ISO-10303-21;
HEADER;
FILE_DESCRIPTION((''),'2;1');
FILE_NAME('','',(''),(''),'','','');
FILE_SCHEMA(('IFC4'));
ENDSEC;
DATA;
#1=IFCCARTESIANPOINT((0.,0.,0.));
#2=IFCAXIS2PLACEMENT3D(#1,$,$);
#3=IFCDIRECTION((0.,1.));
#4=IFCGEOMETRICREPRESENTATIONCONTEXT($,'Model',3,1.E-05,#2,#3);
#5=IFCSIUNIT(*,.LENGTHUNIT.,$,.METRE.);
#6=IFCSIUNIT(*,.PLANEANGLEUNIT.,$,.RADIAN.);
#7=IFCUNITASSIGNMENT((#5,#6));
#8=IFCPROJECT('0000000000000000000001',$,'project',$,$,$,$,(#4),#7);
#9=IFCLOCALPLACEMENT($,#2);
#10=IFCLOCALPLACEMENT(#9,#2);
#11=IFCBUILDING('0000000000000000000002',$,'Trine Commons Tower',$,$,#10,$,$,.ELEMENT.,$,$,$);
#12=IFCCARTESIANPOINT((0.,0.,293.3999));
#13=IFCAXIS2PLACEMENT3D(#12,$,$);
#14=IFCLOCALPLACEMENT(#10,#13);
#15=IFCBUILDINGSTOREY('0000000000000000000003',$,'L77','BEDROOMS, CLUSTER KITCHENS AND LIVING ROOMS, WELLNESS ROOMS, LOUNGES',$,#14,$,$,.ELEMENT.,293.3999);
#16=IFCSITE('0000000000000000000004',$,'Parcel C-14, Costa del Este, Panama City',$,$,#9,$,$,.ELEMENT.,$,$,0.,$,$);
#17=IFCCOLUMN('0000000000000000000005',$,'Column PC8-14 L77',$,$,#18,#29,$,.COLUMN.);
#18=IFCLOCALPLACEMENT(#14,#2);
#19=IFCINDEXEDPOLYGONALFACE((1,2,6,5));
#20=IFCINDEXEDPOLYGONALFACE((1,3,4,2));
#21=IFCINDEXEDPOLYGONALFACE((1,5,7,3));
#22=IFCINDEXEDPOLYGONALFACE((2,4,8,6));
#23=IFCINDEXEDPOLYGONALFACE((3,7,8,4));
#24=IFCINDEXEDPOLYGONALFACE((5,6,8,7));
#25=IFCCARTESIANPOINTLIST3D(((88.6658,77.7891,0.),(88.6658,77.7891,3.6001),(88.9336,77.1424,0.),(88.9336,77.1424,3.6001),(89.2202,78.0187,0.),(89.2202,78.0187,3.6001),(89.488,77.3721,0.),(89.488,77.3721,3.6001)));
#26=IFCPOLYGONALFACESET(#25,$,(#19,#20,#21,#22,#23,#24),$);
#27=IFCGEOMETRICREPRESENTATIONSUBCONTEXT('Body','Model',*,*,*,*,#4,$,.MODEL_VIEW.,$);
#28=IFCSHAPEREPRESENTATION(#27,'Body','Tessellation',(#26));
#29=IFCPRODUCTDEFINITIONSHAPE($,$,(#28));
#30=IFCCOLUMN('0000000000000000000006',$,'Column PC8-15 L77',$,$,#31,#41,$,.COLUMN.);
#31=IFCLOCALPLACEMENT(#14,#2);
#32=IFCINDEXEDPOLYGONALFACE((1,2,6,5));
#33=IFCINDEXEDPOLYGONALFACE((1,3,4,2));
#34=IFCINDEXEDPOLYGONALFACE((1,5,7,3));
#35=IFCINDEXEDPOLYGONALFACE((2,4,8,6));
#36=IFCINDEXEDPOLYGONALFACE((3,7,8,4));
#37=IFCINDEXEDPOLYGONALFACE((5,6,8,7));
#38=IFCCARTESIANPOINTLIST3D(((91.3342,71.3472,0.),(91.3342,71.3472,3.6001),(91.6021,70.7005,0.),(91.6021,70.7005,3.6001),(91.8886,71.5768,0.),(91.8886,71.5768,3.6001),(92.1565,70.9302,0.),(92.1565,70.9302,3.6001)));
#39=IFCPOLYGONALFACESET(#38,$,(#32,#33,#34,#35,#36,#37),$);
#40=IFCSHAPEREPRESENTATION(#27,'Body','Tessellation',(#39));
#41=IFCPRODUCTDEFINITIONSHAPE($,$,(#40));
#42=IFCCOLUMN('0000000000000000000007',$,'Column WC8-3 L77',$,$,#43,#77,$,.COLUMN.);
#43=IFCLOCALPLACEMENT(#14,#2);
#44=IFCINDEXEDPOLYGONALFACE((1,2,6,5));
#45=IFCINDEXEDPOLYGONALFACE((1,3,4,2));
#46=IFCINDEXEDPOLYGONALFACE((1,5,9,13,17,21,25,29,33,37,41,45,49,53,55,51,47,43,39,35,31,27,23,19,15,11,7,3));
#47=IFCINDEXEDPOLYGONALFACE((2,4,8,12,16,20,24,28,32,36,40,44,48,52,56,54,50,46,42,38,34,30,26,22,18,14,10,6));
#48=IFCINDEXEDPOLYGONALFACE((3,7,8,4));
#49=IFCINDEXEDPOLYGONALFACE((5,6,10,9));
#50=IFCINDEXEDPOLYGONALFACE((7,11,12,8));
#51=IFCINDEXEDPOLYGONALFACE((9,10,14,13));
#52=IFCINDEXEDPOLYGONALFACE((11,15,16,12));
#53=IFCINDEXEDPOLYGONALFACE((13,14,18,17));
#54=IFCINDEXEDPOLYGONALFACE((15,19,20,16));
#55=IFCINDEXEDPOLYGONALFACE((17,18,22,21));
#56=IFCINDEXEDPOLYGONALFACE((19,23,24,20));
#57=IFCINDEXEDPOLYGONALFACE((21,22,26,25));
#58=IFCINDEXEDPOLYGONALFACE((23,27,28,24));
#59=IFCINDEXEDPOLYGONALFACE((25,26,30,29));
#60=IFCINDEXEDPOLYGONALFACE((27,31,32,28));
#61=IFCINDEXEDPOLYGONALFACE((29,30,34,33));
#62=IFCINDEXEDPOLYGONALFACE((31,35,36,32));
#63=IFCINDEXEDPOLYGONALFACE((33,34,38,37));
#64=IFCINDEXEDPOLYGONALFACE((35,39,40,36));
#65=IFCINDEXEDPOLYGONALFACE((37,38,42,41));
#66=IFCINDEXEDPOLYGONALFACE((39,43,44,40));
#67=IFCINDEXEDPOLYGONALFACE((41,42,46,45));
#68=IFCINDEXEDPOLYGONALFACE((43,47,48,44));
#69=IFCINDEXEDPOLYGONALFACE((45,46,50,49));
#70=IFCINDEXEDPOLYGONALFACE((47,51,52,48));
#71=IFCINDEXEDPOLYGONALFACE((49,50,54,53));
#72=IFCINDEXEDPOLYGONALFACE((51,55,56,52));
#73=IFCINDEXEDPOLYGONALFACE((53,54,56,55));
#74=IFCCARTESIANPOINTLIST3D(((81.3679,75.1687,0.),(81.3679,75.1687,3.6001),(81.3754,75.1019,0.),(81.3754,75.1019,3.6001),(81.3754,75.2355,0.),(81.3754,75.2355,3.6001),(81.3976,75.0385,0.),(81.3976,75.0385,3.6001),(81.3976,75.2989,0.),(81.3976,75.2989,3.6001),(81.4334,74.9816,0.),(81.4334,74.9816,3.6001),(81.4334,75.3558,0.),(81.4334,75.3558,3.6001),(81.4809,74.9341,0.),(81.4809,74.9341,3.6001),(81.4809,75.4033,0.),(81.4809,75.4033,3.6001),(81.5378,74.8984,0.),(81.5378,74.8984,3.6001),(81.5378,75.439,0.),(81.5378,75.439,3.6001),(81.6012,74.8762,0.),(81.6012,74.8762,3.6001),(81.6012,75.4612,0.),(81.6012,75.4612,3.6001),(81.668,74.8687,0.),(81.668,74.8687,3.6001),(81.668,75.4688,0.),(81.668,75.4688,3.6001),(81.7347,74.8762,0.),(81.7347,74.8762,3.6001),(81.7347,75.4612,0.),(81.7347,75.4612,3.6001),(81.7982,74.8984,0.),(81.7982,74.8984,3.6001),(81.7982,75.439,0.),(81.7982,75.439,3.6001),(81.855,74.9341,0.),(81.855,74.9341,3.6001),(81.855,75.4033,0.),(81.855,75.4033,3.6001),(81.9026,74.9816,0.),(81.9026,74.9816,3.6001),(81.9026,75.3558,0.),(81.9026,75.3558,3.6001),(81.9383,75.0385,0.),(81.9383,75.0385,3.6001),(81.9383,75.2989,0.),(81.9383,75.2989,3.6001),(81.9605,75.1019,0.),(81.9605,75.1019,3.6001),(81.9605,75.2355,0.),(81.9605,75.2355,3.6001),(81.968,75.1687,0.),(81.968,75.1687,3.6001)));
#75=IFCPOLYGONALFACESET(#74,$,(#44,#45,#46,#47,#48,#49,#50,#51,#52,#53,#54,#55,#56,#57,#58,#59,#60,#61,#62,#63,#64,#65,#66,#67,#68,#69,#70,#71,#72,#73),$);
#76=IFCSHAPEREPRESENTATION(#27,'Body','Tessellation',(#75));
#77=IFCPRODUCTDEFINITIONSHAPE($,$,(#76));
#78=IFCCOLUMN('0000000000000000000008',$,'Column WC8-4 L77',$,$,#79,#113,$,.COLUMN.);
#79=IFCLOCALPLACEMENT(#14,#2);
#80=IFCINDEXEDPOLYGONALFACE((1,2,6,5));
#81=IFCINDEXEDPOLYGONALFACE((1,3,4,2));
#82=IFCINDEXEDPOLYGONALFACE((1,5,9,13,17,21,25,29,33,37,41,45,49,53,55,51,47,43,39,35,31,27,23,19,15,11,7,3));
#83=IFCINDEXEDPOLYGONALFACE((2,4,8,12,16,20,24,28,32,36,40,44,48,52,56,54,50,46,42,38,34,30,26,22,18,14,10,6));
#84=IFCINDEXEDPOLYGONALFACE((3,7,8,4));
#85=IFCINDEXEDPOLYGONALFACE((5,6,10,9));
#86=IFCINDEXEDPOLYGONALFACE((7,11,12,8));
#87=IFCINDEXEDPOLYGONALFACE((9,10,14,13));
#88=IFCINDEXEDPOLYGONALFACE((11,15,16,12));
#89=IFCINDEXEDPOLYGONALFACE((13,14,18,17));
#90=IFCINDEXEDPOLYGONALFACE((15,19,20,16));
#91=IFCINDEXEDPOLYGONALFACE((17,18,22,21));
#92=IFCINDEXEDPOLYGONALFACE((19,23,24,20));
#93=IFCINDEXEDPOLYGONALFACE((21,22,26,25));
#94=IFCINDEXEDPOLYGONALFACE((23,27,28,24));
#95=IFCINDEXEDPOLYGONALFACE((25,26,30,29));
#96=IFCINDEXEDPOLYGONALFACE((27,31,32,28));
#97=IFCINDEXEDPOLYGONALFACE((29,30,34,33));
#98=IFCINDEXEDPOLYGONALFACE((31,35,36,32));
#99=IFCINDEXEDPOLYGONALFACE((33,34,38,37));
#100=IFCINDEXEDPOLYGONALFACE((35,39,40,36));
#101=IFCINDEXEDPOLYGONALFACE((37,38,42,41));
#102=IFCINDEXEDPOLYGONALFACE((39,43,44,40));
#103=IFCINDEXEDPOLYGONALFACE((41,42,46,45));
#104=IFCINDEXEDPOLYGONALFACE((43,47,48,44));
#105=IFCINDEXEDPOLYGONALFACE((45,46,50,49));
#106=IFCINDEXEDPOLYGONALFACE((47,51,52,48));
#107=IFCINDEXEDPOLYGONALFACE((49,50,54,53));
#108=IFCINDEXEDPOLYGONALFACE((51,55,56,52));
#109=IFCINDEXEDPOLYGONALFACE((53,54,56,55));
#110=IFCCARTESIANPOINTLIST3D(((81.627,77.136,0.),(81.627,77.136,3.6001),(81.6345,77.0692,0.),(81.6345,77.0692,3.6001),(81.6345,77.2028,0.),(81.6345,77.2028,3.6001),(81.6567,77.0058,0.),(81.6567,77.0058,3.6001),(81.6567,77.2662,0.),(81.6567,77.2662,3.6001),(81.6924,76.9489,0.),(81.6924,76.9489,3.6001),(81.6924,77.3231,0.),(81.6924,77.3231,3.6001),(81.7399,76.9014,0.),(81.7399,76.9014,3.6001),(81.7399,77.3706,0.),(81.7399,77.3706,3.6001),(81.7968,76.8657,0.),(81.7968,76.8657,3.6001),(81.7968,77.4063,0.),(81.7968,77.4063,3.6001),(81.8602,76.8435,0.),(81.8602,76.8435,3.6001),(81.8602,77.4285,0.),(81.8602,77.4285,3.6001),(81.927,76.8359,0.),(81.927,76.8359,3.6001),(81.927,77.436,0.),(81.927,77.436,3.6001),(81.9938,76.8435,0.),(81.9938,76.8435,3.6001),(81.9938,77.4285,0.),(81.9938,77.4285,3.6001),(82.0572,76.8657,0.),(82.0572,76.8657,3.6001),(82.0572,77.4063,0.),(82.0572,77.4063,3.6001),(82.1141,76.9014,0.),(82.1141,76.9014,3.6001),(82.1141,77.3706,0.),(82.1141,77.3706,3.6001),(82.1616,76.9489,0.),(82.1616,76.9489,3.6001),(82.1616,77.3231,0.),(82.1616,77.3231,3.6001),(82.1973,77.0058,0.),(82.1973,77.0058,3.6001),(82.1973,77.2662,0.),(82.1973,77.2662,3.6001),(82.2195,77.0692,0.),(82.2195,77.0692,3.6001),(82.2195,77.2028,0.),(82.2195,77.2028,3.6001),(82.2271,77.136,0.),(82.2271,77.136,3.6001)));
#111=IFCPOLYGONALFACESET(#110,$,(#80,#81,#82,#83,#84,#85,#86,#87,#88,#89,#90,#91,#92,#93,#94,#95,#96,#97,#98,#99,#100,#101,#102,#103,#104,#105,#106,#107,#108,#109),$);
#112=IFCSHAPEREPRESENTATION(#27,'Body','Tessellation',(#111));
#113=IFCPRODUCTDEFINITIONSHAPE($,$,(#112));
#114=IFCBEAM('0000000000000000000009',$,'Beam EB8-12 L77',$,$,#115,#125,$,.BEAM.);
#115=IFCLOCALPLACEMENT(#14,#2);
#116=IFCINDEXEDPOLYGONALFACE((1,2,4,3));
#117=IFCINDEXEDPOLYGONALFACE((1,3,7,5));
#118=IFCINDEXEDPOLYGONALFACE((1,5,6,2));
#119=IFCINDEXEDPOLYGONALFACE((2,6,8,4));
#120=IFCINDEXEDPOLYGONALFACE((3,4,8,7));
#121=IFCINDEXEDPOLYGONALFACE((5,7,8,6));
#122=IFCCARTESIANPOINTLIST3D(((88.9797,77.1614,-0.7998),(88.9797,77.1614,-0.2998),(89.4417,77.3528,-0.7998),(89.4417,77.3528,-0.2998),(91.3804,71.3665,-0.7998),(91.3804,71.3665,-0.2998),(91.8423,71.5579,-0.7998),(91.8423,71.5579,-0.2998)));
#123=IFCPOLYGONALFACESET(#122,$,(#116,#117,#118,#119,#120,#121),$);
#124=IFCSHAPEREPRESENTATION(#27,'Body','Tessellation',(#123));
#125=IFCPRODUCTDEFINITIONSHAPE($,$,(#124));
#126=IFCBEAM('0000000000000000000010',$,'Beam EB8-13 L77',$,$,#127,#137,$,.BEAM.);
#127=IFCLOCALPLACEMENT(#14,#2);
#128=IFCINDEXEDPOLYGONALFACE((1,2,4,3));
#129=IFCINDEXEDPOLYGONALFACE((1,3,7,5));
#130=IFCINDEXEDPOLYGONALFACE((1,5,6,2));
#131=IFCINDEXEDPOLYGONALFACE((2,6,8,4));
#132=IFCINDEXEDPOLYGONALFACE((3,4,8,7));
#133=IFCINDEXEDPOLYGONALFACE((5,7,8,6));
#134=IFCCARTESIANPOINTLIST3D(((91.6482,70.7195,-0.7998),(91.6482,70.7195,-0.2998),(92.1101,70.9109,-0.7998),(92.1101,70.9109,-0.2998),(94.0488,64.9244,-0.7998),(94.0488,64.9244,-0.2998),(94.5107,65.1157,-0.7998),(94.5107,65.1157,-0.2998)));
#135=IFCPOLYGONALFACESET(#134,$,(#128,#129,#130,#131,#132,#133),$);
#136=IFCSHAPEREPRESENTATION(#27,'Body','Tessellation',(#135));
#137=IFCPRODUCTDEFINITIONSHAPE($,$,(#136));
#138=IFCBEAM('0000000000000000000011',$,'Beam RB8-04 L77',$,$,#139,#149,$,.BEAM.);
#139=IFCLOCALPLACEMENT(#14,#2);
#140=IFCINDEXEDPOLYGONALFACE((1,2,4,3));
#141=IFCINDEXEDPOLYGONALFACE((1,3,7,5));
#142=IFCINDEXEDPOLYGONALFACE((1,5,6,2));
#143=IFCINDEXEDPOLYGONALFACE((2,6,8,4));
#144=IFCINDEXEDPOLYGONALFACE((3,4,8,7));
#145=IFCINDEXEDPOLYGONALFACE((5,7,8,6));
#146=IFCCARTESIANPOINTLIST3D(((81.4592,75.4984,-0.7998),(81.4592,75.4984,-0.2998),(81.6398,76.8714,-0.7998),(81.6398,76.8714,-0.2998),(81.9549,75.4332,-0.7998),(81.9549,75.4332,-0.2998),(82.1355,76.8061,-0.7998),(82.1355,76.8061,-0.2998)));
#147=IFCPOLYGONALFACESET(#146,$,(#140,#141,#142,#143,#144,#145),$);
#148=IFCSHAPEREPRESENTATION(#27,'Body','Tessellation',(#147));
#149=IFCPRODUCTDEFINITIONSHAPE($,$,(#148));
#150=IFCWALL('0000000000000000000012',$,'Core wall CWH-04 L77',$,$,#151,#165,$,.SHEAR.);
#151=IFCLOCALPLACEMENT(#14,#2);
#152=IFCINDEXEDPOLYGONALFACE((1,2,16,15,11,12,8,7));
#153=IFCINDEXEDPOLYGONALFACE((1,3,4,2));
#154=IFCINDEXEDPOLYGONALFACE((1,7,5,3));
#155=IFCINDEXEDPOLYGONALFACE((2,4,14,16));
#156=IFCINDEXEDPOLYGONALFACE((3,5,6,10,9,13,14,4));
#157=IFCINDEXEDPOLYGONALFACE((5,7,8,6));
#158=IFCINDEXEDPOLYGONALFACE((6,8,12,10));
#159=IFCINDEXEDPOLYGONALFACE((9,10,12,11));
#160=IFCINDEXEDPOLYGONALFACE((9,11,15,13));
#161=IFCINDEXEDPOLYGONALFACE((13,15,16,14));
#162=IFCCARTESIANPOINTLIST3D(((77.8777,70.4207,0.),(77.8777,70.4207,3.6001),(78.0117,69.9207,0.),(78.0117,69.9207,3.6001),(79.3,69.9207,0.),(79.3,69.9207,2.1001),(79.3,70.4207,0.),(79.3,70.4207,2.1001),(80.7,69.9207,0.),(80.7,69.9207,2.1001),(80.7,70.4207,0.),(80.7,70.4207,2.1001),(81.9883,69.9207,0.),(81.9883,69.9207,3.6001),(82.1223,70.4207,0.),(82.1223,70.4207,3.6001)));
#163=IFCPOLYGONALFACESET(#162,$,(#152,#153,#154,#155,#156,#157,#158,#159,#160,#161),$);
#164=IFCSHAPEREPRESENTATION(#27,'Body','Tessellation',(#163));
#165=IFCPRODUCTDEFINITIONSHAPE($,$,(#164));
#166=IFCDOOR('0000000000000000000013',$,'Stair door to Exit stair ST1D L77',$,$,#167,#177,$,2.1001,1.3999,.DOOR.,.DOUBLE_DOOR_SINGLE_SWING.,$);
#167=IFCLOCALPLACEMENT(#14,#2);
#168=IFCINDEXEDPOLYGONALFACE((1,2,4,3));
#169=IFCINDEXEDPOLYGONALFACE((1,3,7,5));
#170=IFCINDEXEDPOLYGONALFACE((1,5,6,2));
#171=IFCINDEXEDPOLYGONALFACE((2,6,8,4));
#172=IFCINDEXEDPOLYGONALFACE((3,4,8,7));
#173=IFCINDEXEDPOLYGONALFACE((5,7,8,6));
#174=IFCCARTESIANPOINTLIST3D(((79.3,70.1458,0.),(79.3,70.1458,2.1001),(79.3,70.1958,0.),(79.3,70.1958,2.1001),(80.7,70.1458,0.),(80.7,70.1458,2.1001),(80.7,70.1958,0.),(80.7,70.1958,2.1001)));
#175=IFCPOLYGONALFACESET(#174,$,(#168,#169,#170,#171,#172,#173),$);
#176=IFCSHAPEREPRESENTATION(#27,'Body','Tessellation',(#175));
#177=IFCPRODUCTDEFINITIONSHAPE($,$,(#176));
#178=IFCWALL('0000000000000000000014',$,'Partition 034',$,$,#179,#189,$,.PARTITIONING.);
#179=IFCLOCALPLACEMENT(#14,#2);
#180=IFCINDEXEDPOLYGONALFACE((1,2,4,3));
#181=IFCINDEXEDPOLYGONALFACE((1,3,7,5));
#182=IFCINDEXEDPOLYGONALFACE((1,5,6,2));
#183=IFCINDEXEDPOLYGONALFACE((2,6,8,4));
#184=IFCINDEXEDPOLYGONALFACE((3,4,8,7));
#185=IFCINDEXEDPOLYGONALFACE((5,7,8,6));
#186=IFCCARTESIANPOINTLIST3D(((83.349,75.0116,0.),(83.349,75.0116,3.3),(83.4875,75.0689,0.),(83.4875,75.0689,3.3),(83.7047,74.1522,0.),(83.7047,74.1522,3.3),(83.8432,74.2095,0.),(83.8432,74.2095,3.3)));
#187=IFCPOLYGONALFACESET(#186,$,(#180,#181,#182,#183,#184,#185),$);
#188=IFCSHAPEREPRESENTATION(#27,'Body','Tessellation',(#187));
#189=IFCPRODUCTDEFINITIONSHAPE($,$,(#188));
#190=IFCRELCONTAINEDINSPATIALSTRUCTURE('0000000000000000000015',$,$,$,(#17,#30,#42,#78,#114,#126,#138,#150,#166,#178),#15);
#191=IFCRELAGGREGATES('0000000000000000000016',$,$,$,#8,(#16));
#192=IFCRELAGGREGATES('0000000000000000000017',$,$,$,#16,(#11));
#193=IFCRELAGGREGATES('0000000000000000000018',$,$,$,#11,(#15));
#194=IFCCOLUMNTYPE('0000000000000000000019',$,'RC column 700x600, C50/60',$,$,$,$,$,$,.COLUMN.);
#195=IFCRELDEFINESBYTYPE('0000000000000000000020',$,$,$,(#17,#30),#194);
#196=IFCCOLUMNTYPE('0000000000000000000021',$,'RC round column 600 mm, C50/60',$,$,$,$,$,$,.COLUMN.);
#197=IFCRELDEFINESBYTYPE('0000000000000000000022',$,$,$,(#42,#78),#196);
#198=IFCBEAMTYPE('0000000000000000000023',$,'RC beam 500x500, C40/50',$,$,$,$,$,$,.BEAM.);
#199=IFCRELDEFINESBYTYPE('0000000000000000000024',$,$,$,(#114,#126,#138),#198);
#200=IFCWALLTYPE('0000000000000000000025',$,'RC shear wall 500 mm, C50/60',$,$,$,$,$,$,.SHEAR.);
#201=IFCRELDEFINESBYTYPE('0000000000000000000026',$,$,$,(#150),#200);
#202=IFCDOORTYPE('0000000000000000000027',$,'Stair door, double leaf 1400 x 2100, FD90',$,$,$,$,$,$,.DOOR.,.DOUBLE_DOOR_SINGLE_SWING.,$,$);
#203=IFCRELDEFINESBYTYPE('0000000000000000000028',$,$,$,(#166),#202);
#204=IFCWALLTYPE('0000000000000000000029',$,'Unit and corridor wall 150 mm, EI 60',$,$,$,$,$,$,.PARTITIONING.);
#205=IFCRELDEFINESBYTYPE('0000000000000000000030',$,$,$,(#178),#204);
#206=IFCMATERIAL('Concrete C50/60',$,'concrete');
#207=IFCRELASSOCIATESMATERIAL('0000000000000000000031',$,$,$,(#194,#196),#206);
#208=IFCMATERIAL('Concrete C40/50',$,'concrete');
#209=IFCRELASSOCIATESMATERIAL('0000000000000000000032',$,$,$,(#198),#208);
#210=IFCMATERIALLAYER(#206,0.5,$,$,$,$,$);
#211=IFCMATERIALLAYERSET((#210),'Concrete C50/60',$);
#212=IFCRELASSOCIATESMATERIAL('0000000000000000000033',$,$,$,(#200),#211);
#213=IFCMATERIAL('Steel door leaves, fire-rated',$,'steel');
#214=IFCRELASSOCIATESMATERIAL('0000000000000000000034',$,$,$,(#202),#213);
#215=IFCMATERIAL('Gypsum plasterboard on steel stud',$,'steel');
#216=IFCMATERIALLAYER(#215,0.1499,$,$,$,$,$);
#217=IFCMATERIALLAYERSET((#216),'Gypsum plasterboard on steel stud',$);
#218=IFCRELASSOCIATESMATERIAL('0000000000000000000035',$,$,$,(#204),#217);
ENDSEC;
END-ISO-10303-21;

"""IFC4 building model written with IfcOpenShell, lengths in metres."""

from ifc_helpers import new_model, si_unit, direction, frame, frame_2d, origin, origin_2d, place, context, subcontext, project, spatial, polyline, rectangle, circle, outline, extrude, material, layer, layer_set, material_profile, profile_set, type_object, element, fill, save


model = new_model("IFC4")

# Units and contexts
model_context = context("Model", 3, precision=1e-05, world=origin(), true_north=direction((0.0, 1.0)))
body_context = subcontext(model_context, "Body", "Model", "MODEL_VIEW")
ifc_project = project(units=[si_unit("LENGTHUNIT", "METRE"), si_unit("PLANEANGLEUNIT", "RADIAN")], contexts=[model_context])

# Site, building, storey
site_placement = place(None, origin())
site = spatial("IfcSite", under=ifc_project, at=site_placement, Name="Parcel C-14, Costa del Este, Panama City", CompositionType="ELEMENT", RefElevation=0.0)
building_placement = place(site_placement, origin())
building = spatial("IfcBuilding", under=site, at=building_placement, Name="Trine Commons Tower", CompositionType="ELEMENT")
storey_placement = place(building_placement, frame((0.0, 0.0, 293.3999)))
storey = spatial("IfcBuildingStorey", under=building, at=storey_placement, Name="L77", Description="BEDROOMS, CLUSTER KITCHENS AND LIVING ROOMS, WELLNESS ROOMS, LOUNGES", CompositionType="ELEMENT", Elevation=293.3999)

# Columns
ifc_material_1 = material(Name="Concrete C50/60", Category="concrete")
ifc_material_profile_1 = material_profile(ifc_material_1, rectangle(XDim=0.7, YDim=0.6001, at=origin_2d()), Name="RC 700x600")
ifc_profile_set_1 = profile_set([ifc_material_profile_1], Name="Concrete C50/60")
column_type_1 = type_object("IfcColumnType", Name="RC column 700x600, C50/60", PredefinedType="COLUMN", material=ifc_profile_set_1)
for number, where, z_axis, x_axis, name in (
    (1, (89.0769, 77.5806, 0.0), (0.0, 0.0, 1.0), (-0.382683, 0.92388, 0.0), "Column PC8-14 L77"),
    (2, (91.7454, 71.1387, 0.0), (0.0, 0.0, 1.0), (-0.382683, 0.92388, 0.0), "Column PC8-15 L77"),
):
    element("IfcColumn", number, at=place(storey_placement, frame(where, z_axis=z_axis, x_axis=x_axis)), inside=storey, type_object=column_type_1, Name=name, PredefinedType="COLUMN", context=body_context, shape_type="SweptSolid", body=[
        extrude(rectangle(XDim=0.7, YDim=0.6001, at=origin_2d()), origin(), (0.0, 0.0, 1.0), 3.6001),
    ])
ifc_material_profile_2 = material_profile(ifc_material_1, circle(Radius=0.3, at=origin_2d()), Name="RC round 600")
ifc_profile_set_2 = profile_set([ifc_material_profile_2], Name="Concrete C50/60")
column_type_2 = type_object("IfcColumnType", Name="RC round column 600 mm, C50/60", PredefinedType="COLUMN", material=ifc_profile_set_2)
for number, where, z_axis, x_axis, name in (
    (3, (81.668, 75.1687, 0.0), (0.0, 0.0, 1.0), (1.0, 0.0, 0.0), "Column WC8-3 L77"),
    (4, (81.927, 77.136, 0.0), (0.0, 0.0, 1.0), (1.0, 0.0, 0.0), "Column WC8-4 L77"),
):
    element("IfcColumn", number, at=place(storey_placement, frame(where, z_axis=z_axis, x_axis=x_axis)), inside=storey, type_object=column_type_2, Name=name, PredefinedType="COLUMN", context=body_context, shape_type="SweptSolid", body=[
        extrude(circle(Radius=0.3, at=origin_2d()), origin(), (0.0, 0.0, 1.0), 3.6001),
    ])

# Beams
ifc_material_2 = material(Name="Concrete C40/50", Category="concrete")
ifc_material_profile_3 = material_profile(ifc_material_2, rectangle(XDim=0.5, YDim=0.5, at=origin_2d()), Name="RC 500x500")
ifc_profile_set_3 = profile_set([ifc_material_profile_3], Name="Concrete C40/50")
beam_type = type_object("IfcBeamType", Name="RC beam 500x500, C40/50", PredefinedType="BEAM", material=ifc_profile_set_3)
beam_1_placement = place(storey_placement, frame((89.2107, 77.2571, -0.5498), z_axis=(0.382724, -0.923863, 0.0), x_axis=(0.923863, 0.382724, 0.0)))
element("IfcBeam", 5, at=beam_1_placement, inside=storey, type_object=beam_type, Name="Beam EB8-12 L77", PredefinedType="BEAM", context=body_context, shape_type="SweptSolid", body=[
    extrude(rectangle(XDim=0.5, YDim=0.5, at=origin_2d()), origin(), (0.0, 0.0, 1.0), 6.2725),
])
beam_2_placement = place(storey_placement, frame((91.8792, 70.8152, -0.5498), z_axis=(0.38271, -0.923868, 0.0), x_axis=(0.923868, 0.38271, 0.0)))
element("IfcBeam", 6, at=beam_2_placement, inside=storey, type_object=beam_type, Name="Beam EB8-13 L77", PredefinedType="BEAM", context=body_context, shape_type="SweptSolid", body=[
    extrude(rectangle(XDim=0.5, YDim=0.5, at=origin_2d()), origin(), (0.0, 0.0, 1.0), 6.2727),
])
beam_3_placement = place(storey_placement, frame((81.707, 75.4658, -0.5498), z_axis=(0.130455, 0.991454, 0.0), x_axis=(-0.991454, 0.130455, 0.0)))
element("IfcBeam", 7, at=beam_3_placement, inside=storey, type_object=beam_type, Name="Beam RB8-04 L77", PredefinedType="BEAM", context=body_context, shape_type="SweptSolid", body=[
    extrude(rectangle(XDim=0.5, YDim=0.5, at=origin_2d()), origin(), (0.0, 0.0, 1.0), 1.3848),
])

# Wall, opening, door
ifc_layer_1 = layer(ifc_material_1, 0.5)
ifc_layer_set_1 = layer_set([ifc_layer_1], Name="Concrete C50/60")
wall_type_1 = type_object("IfcWallType", Name="RC shear wall 500 mm, C50/60", PredefinedType="SHEAR", material=ifc_layer_set_1)
wall_1_placement = place(storey_placement, frame((82.1223, 70.1707, 0.0), z_axis=(0.0, 0.0, 1.0), x_axis=(-1.0, 0.0, 0.0)))
wall_1 = element("IfcWall", 8, at=wall_1_placement, inside=storey, type_object=wall_type_1, Name="Core wall CWH-04 L77", PredefinedType="SHEAR", context=body_context, shape_type="SweptSolid", body=[
    extrude(outline(polyline([(0.0, -0.25), (4.2446, -0.25), (4.1106, 0.25), (0.134, 0.25), (0.0, -0.25)])), origin(), (0.0, 0.0, 1.0), 3.6001),
])
opening_1_placement = place(wall_1_placement, frame((1.4224, 0.0, 0.0)))
opening_1 = element("IfcOpeningElement", 9, at=opening_1_placement, cuts=wall_1, PredefinedType="OPENING", context=body_context, shape_type="SweptSolid", body=[
    extrude(rectangle(XDim=1.3999, YDim=2.1001, at=frame_2d((0.7, 1.05))), frame((0.0, 0.26, 0.0), z_axis=(0.0, -1.0, 0.0), x_axis=(1.0, 0.0, 0.0)), (0.0, 0.0, 1.0), 0.52),
])
ifc_material_3 = material(Name="Steel door leaves, fire-rated", Category="steel")
door_type_1 = type_object("IfcDoorType", Name="Stair door, double leaf 1400 x 2100, FD90", OperationType="DOUBLE_DOOR_SINGLE_SWING", PredefinedType="DOOR", material=ifc_material_3)
door_1_placement = place(opening_1_placement, origin())
door_1 = element("IfcDoor", 10, at=door_1_placement, inside=storey, type_object=door_type_1, Name="Stair door to Exit stair ST1D L77", OperationType="DOUBLE_DOOR_SINGLE_SWING", OverallHeight=2.1001, OverallWidth=1.3999, PredefinedType="DOOR", context=body_context, shape_type="SweptSolid", body=[
    extrude(rectangle(XDim=1.3999, YDim=2.1001, at=frame_2d((0.7, 1.05))), frame((0.0, 0.0249, 0.0), z_axis=(0.0, -1.0, 0.0), x_axis=(1.0, 0.0, 0.0)), (0.0, 0.0, 1.0), 0.05),
])
fill(opening_1, door_1)

# Wall
ifc_material_4 = material(Name="Gypsum plasterboard on steel stud", Category="steel")
ifc_layer_2 = layer(ifc_material_4, 0.1499)
ifc_layer_set_2 = layer_set([ifc_layer_2], Name="Gypsum plasterboard on steel stud")
wall_type_2 = type_object("IfcWallType", Name="Unit and corridor wall 150 mm, EI 60", PredefinedType="PARTITIONING", material=ifc_layer_set_2)
wall_2_placement = place(storey_placement, frame((83.4182, 75.0403, 0.0), z_axis=(0.0, 0.0, 1.0), x_axis=(0.382452, -0.923975, 0.0)))
element("IfcWall", 11, at=wall_2_placement, inside=storey, type_object=wall_type_2, Name="Partition 034", PredefinedType="PARTITIONING", context=body_context, shape_type="SweptSolid", body=[
    extrude(rectangle(XDim=0.9302, YDim=0.1499, at=frame_2d((0.4651, 0.0))), origin(), (0.0, 0.0, 1.0), 3.3),
])

save(model, "model.ifc")
